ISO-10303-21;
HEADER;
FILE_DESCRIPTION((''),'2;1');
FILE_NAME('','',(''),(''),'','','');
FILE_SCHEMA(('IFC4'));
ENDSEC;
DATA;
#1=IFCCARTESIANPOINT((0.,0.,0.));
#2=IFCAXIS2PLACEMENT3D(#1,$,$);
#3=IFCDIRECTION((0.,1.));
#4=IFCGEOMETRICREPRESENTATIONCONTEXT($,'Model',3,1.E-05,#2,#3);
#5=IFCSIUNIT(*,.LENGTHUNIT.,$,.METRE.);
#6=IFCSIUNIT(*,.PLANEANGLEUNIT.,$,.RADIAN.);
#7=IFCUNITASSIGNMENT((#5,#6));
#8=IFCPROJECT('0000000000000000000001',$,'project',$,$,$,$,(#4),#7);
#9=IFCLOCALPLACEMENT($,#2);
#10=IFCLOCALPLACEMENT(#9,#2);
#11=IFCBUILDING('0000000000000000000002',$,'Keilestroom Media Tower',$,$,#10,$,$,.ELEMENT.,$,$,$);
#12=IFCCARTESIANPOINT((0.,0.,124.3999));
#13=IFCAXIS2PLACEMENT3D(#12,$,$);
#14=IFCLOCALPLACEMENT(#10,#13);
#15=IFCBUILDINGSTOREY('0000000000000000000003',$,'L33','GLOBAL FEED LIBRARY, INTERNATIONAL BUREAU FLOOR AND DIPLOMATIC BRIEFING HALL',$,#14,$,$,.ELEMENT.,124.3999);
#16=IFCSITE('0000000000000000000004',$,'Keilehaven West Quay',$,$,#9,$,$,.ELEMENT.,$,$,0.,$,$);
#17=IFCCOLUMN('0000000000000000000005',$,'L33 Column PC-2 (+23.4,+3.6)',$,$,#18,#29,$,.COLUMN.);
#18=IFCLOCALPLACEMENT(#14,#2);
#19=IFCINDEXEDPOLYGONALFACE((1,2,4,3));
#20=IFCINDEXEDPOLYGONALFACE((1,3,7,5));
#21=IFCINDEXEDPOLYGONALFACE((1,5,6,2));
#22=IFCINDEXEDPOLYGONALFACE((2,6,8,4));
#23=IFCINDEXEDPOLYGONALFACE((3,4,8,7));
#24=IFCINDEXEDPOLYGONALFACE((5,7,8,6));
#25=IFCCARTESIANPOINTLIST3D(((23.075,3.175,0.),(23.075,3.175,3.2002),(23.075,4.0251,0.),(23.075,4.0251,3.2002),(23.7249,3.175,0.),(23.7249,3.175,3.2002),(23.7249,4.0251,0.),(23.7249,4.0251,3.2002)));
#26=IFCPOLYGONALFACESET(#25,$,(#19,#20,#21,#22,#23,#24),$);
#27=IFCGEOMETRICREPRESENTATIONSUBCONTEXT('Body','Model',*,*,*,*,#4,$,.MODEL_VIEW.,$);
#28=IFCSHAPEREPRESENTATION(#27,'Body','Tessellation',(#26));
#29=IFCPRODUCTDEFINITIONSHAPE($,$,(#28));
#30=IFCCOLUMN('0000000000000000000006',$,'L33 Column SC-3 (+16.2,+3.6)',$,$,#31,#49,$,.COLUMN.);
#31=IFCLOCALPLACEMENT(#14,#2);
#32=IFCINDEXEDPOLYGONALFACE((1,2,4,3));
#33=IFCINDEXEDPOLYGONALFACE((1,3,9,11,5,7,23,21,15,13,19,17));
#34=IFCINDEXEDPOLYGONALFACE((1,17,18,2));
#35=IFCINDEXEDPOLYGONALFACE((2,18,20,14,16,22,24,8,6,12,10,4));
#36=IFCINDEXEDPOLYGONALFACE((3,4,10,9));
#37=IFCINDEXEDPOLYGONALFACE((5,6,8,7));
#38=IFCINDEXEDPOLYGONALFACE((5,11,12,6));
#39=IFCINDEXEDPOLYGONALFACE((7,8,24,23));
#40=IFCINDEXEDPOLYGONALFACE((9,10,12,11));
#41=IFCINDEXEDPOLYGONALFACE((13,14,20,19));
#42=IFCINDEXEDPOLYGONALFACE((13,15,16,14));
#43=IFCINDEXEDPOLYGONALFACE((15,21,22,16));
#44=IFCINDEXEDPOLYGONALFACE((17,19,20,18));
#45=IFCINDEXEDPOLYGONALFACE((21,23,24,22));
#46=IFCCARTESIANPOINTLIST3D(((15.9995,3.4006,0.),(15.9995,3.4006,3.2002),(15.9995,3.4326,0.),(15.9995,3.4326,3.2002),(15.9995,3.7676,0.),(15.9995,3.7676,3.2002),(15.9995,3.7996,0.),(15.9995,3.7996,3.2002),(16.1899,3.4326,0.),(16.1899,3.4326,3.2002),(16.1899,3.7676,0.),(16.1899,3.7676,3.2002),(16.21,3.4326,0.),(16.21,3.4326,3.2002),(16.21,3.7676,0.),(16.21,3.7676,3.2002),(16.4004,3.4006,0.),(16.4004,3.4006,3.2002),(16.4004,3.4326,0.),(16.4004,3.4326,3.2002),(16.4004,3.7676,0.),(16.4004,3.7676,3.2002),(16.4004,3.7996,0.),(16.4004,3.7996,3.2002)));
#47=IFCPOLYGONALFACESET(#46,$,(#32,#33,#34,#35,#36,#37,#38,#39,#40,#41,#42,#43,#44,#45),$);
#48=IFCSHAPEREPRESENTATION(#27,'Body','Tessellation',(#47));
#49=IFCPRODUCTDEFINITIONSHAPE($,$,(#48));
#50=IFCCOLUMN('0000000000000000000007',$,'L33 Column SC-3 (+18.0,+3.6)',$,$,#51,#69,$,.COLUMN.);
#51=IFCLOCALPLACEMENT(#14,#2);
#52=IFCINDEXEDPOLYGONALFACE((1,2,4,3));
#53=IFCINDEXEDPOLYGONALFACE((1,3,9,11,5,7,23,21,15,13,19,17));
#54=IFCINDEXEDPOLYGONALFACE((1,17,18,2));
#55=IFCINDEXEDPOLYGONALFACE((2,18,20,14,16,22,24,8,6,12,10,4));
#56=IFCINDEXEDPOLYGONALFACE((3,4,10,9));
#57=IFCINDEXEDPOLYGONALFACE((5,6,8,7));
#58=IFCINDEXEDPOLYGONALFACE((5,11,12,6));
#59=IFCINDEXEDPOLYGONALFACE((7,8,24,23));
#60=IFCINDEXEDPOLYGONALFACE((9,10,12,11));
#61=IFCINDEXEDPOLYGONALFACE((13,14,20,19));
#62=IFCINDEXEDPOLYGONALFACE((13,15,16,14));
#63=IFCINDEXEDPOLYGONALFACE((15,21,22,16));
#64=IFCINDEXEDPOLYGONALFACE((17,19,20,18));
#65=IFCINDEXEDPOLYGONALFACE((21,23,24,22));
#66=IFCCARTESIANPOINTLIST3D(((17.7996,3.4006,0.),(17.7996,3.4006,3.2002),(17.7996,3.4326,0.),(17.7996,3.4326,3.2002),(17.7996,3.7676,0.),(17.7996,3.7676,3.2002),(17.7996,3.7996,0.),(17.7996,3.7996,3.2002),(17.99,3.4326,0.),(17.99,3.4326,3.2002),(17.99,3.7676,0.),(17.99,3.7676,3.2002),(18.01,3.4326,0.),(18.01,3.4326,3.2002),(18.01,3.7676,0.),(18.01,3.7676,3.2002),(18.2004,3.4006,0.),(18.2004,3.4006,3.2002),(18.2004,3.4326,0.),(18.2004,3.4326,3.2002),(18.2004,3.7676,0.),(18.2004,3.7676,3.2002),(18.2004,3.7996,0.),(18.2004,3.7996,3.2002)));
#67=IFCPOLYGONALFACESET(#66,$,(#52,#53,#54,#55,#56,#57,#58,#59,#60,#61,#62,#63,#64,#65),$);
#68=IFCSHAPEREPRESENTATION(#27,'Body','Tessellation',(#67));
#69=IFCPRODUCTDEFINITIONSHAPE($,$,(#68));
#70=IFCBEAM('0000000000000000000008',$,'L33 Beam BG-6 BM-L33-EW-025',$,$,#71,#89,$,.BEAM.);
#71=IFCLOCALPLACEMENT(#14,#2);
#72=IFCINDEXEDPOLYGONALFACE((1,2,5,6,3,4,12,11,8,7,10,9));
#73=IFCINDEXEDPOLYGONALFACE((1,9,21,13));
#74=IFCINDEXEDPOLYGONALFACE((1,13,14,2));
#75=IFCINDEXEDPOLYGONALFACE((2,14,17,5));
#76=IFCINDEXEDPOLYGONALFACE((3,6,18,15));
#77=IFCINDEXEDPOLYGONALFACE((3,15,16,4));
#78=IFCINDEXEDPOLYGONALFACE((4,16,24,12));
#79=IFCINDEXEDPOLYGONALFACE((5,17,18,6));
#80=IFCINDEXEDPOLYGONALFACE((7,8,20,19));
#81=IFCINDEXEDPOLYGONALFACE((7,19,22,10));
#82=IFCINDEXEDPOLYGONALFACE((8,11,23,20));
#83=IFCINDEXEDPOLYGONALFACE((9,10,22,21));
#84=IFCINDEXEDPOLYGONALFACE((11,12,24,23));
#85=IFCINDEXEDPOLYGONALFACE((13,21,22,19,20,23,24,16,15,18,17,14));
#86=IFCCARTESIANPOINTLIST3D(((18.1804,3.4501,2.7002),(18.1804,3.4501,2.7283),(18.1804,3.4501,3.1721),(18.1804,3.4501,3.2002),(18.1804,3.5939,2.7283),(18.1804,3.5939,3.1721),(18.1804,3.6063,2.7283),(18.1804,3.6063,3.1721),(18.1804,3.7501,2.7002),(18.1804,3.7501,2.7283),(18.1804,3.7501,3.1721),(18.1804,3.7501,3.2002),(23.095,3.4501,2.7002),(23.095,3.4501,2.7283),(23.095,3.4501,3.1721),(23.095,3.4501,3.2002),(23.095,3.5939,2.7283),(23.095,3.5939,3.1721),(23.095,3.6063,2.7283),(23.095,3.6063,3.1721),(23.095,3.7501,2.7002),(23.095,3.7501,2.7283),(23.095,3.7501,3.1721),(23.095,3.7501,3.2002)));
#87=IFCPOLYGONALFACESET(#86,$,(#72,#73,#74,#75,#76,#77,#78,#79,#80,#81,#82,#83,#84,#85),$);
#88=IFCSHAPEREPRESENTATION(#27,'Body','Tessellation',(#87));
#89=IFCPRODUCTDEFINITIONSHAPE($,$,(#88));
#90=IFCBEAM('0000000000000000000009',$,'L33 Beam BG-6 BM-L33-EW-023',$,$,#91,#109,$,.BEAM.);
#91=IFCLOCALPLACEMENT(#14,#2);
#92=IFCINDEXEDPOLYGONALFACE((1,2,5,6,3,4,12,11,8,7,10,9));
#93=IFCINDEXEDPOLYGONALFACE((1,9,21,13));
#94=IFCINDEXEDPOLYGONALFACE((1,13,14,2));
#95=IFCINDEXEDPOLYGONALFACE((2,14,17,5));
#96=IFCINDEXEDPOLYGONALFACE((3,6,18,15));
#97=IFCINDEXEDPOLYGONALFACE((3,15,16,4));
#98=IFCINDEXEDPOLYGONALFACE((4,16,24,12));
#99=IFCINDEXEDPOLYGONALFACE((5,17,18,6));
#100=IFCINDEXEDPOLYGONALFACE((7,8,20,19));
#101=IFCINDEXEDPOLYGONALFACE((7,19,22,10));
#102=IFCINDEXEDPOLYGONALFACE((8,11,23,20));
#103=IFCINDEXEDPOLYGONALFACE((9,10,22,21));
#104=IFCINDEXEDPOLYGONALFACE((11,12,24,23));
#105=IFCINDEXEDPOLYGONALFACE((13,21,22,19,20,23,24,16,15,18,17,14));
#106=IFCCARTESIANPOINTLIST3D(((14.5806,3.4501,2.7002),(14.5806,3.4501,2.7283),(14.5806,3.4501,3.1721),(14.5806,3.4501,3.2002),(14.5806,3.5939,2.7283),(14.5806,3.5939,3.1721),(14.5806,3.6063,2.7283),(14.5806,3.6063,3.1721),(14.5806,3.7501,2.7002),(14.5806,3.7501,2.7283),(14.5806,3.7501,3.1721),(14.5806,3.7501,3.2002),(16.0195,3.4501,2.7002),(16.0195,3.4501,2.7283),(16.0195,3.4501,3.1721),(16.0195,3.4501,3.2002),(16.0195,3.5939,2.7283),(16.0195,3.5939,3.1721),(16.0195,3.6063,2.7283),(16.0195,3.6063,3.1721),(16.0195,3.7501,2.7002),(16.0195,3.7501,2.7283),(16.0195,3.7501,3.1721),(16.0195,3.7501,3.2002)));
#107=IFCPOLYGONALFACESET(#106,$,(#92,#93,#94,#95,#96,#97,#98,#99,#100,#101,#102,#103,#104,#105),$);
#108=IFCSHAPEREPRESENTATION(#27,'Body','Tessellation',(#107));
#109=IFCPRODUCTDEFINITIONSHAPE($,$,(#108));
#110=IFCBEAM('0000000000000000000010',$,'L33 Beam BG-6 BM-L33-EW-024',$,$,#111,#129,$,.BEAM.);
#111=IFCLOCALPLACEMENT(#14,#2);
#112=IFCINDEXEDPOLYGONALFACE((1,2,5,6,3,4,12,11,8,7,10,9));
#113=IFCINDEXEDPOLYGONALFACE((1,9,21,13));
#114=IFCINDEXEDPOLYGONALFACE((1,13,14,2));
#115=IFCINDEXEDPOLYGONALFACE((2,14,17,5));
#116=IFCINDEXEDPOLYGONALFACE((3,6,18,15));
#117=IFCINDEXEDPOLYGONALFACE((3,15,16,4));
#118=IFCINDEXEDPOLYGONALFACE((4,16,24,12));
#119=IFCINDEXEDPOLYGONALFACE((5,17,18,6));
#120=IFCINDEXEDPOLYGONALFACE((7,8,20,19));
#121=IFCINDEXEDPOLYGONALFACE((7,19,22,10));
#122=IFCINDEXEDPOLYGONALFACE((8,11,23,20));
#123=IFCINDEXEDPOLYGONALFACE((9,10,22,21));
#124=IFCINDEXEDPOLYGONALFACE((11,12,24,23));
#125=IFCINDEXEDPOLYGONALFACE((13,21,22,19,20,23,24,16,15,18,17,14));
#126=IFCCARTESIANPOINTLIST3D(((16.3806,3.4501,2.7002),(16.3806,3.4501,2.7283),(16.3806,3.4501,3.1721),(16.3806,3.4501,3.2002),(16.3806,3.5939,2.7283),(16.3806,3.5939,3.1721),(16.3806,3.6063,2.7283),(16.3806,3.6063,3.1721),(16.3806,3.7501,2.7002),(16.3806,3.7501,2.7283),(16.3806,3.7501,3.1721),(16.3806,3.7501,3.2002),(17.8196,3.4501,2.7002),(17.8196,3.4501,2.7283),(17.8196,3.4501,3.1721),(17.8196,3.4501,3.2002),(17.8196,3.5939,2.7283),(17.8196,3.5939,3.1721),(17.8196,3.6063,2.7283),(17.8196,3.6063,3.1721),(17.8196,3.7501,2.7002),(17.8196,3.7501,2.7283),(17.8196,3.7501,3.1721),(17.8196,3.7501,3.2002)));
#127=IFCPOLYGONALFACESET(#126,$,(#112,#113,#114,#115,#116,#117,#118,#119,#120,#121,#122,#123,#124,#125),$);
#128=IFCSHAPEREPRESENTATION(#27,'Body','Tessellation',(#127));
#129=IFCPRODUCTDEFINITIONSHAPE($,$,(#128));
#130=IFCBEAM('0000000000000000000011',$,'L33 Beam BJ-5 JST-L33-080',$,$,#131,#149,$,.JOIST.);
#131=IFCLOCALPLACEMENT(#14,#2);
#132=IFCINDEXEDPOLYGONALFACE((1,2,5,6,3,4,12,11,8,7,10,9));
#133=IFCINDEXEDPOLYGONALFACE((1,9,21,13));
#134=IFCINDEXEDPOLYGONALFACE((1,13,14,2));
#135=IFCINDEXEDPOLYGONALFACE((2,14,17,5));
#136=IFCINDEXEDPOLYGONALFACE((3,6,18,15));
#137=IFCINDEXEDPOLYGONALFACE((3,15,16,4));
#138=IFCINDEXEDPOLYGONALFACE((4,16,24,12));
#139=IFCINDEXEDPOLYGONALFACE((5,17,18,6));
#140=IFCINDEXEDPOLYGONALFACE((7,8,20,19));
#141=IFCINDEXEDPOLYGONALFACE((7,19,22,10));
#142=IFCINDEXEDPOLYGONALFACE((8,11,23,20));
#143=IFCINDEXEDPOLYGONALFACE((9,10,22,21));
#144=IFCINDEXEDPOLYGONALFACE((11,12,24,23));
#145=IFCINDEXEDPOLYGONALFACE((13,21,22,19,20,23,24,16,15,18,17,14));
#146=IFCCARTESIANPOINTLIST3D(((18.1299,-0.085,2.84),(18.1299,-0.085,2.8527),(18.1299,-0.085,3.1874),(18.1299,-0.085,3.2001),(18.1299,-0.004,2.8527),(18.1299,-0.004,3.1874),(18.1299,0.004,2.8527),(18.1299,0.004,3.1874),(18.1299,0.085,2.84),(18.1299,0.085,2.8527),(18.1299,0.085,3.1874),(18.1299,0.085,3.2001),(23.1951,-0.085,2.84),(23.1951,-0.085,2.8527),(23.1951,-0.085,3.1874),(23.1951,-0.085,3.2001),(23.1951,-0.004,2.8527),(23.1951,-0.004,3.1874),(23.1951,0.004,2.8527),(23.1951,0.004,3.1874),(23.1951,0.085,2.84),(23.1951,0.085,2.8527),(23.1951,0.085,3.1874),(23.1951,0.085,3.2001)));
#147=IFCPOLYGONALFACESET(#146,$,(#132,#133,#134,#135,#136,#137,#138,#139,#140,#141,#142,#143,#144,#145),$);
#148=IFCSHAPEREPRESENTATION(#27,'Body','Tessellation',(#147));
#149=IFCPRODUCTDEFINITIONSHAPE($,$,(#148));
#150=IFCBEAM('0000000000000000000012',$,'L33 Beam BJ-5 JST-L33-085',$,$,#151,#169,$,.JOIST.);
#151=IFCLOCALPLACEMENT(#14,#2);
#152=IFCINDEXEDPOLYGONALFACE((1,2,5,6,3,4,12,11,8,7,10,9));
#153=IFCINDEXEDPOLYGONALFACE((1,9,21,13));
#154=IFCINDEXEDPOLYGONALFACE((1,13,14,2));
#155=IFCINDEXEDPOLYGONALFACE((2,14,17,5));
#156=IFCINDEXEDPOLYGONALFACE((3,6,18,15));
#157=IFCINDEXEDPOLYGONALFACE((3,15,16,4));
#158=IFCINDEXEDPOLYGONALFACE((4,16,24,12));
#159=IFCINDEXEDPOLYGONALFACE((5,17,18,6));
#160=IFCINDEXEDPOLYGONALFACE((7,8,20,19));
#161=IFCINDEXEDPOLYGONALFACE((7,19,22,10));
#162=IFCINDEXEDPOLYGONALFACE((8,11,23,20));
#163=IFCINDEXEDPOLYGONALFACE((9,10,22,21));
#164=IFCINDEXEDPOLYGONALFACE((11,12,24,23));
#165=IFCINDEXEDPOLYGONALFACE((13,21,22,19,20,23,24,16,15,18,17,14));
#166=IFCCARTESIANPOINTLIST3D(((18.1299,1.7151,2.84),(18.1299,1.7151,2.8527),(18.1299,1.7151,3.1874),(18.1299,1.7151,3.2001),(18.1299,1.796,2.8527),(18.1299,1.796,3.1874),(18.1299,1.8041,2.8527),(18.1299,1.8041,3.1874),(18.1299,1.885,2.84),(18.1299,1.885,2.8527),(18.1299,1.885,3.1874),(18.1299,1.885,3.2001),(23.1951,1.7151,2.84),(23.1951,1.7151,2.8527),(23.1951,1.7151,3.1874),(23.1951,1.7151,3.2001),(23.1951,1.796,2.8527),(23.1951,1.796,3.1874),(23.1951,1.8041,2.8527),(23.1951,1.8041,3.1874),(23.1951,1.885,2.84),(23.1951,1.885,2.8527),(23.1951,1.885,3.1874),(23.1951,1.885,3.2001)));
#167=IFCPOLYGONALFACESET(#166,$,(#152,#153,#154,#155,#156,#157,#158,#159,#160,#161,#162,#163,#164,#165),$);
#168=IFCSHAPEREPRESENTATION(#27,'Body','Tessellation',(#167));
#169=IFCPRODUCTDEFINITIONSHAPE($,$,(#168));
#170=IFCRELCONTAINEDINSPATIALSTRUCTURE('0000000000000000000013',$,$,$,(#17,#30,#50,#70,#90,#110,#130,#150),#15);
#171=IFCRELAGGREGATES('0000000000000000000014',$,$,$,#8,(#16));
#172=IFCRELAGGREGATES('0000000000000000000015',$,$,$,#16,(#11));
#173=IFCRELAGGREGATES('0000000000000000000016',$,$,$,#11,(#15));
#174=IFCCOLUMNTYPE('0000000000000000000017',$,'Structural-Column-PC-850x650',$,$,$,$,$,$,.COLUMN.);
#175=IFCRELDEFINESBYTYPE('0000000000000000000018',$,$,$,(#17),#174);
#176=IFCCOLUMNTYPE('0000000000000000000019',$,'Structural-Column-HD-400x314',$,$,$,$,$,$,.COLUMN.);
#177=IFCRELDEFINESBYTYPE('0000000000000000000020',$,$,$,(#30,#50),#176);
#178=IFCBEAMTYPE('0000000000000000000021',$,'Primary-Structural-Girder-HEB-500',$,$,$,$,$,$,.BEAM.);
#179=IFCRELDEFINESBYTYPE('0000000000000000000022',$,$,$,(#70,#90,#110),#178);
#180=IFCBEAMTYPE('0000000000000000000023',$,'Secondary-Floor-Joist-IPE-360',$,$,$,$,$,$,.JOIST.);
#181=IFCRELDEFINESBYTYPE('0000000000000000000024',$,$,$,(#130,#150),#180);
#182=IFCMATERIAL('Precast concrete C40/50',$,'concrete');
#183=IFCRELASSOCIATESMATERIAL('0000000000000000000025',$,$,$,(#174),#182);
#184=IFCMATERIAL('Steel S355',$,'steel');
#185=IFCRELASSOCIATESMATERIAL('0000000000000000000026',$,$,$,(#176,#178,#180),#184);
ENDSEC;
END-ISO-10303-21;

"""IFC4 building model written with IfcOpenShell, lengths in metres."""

from ifc_helpers import new_model, si_unit, direction, frame, origin, origin_2d, place, context, subcontext, project, spatial, rectangle, i_section, extrude, source, transform, mapped, material, material_profile, profile_set, type_object, element, save


model = new_model("IFC4")

# Units and contexts
model_context = context("Model", 3, precision=1e-05, world=origin(), true_north=direction((0.0, 1.0)))
body_context = subcontext(model_context, "Body", "Model", "MODEL_VIEW")
ifc_project = project(units=[si_unit("LENGTHUNIT", "METRE"), si_unit("PLANEANGLEUNIT", "RADIAN")], contexts=[model_context])

# Site, building, storey
site_placement = place(None, origin())
site = spatial("IfcSite", under=ifc_project, at=site_placement, Name="Keilehaven West Quay", CompositionType="ELEMENT", RefElevation=0.0)
building_placement = place(site_placement, origin())
building = spatial("IfcBuilding", under=site, at=building_placement, Name="Keilestroom Media Tower", CompositionType="ELEMENT")
storey_placement = place(building_placement, frame((0.0, 0.0, 124.3999)))
storey = spatial("IfcBuildingStorey", under=building, at=storey_placement, Name="L33", Description="GLOBAL FEED LIBRARY, INTERNATIONAL BUREAU FLOOR AND DIPLOMATIC BRIEFING HALL", CompositionType="ELEMENT", Elevation=124.3999)

# Columns
ifc_material_1 = material(Name="Precast concrete C40/50", Category="concrete")
ifc_material_profile_1 = material_profile(ifc_material_1, rectangle(XDim=0.6499, YDim=0.8501, at=origin_2d()), Name="PC 850x650")
ifc_profile_set_1 = profile_set([ifc_material_profile_1], Name="Precast concrete C40/50")
column_type_1 = type_object("IfcColumnType", Name="Structural-Column-PC-850x650", PredefinedType="COLUMN", material=ifc_profile_set_1)
shared_shape_1 = source(origin(), body_context, "Body", "SweptSolid", [
    extrude(rectangle(XDim=0.6499, YDim=0.8501, at=origin_2d()), origin(), (0.0, 0.0, 1.0), 3.2002),
])
column_placement = place(storey_placement, frame((23.3999, 3.6001, 0.0), z_axis=(0.0, 0.0, 1.0), x_axis=(1.0, 0.0, 0.0)))
element("IfcColumn", 1, at=column_placement, inside=storey, type_object=column_type_1, Name="L33 Column PC-2 (+23.4,+3.6)", PredefinedType="COLUMN", context=body_context, shape_type="MappedRepresentation", body=[
    mapped(shared_shape_1, transform((0.0, 0.0, 0.0), x_axis=(1.0, 0.0, 0.0), y_axis=(0.0, 1.0, 0.0), z_axis=(0.0, 0.0, 1.0), scale=1.0)),
])
ifc_material_2 = material(Name="Steel S355", Category="steel")
ifc_material_profile_2 = material_profile(ifc_material_2, i_section(OverallWidth=0.4009, OverallDepth=0.3989, WebThickness=0.02, FlangeThickness=0.032, at=origin_2d()), Name="HD 400x314")
ifc_profile_set_2 = profile_set([ifc_material_profile_2], Name="Steel S355")
column_type_2 = type_object("IfcColumnType", Name="Structural-Column-HD-400x314", PredefinedType="COLUMN", material=ifc_profile_set_2)
shared_shape_2 = source(origin(), body_context, "Body", "SweptSolid", [
    extrude(i_section(OverallWidth=0.4009, OverallDepth=0.3989, WebThickness=0.02, FlangeThickness=0.032, at=origin_2d()), origin(), (0.0, 0.0, 1.0), 3.2002),
])
for number, where, z_axis, x_axis, name in (
    (2, (16.2, 3.6001, 0.0), (0.0, 0.0, 1.0), (1.0, 0.0, 0.0), "L33 Column SC-3 (+16.2,+3.6)"),
    (3, (18.0, 3.6001, 0.0), (0.0, 0.0, 1.0), (1.0, 0.0, 0.0), "L33 Column SC-3 (+18.0,+3.6)"),
):
    element("IfcColumn", number, at=place(storey_placement, frame(where, z_axis=z_axis, x_axis=x_axis)), inside=storey, type_object=column_type_2, Name=name, PredefinedType="COLUMN", context=body_context, shape_type="MappedRepresentation", body=[
        mapped(shared_shape_2, transform((0.0, 0.0, 0.0), x_axis=(1.0, 0.0, 0.0), y_axis=(0.0, 1.0, 0.0), z_axis=(0.0, 0.0, 1.0), scale=1.0)),
    ])

# Beams
ifc_material_profile_3 = material_profile(ifc_material_2, i_section(OverallWidth=0.3, OverallDepth=0.5, WebThickness=0.0125, FlangeThickness=0.0281, at=origin_2d()), Name="HEB 500")
ifc_profile_set_3 = profile_set([ifc_material_profile_3], Name="Steel S355")
beam_type_1 = type_object("IfcBeamType", Name="Primary-Structural-Girder-HEB-500", PredefinedType="BEAM", material=ifc_profile_set_3)
shared_shape_3 = source(origin(), body_context, "Body", "SweptSolid", [
    extrude(i_section(OverallWidth=0.3, OverallDepth=0.5, WebThickness=0.0125, FlangeThickness=0.0281, at=origin_2d()), origin(), (0.0, 0.0, 1.0), 4.9146),
])
beam_placement = place(storey_placement, frame((18.1804, 3.6001, 2.9502), z_axis=(1.0, 0.0, 0.0), x_axis=(0.0, 1.0, 0.0)))
element("IfcBeam", 4, at=beam_placement, inside=storey, type_object=beam_type_1, Name="L33 Beam BG-6 BM-L33-EW-025", PredefinedType="BEAM", context=body_context, shape_type="MappedRepresentation", body=[
    mapped(shared_shape_3, transform((0.0, 0.0, 0.0), x_axis=(1.0, 0.0, 0.0), y_axis=(0.0, 1.0, 0.0), z_axis=(0.0, 0.0, 1.0), scale=1.0)),
])
shared_shape_4 = source(origin(), body_context, "Body", "SweptSolid", [
    extrude(i_section(OverallWidth=0.3, OverallDepth=0.5, WebThickness=0.0125, FlangeThickness=0.0281, at=origin_2d()), origin(), (0.0, 0.0, 1.0), 1.439),
])
for number, where, z_axis, x_axis, name in (
    (5, (14.5806, 3.6001, 2.9502), (1.0, 0.0, 0.0), (0.0, 1.0, 0.0), "L33 Beam BG-6 BM-L33-EW-023"),
    (6, (16.3806, 3.6001, 2.9502), (1.0, 0.0, 0.0), (0.0, 1.0, 0.0), "L33 Beam BG-6 BM-L33-EW-024"),
):
    element("IfcBeam", number, at=place(storey_placement, frame(where, z_axis=z_axis, x_axis=x_axis)), inside=storey, type_object=beam_type_1, Name=name, PredefinedType="BEAM", context=body_context, shape_type="MappedRepresentation", body=[
        mapped(shared_shape_4, transform((0.0, 0.0, 0.0), x_axis=(1.0, 0.0, 0.0), y_axis=(0.0, 1.0, 0.0), z_axis=(0.0, 0.0, 1.0), scale=1.0)),
    ])
ifc_material_profile_4 = material_profile(ifc_material_2, i_section(OverallWidth=0.1699, OverallDepth=0.3601, WebThickness=0.0081, FlangeThickness=0.0127, at=origin_2d()), Name="IPE 360")
ifc_profile_set_4 = profile_set([ifc_material_profile_4], Name="Steel S355")
beam_type_2 = type_object("IfcBeamType", Name="Secondary-Floor-Joist-IPE-360", PredefinedType="JOIST", material=ifc_profile_set_4)
shared_shape_5 = source(origin(), body_context, "Body", "SweptSolid", [
    extrude(i_section(OverallWidth=0.1699, OverallDepth=0.3601, WebThickness=0.0081, FlangeThickness=0.0127, at=origin_2d()), origin(), (0.0, 0.0, 1.0), 5.0652),
])
for number, where, z_axis, x_axis, name in (
    (7, (18.1299, 0.0, 3.02), (1.0, 0.0, 0.0), (0.0, 1.0, 0.0), "L33 Beam BJ-5 JST-L33-080"),
    (8, (18.1299, 1.8, 3.02), (1.0, 0.0, 0.0), (0.0, 1.0, 0.0), "L33 Beam BJ-5 JST-L33-085"),
):
    element("IfcBeam", number, at=place(storey_placement, frame(where, z_axis=z_axis, x_axis=x_axis)), inside=storey, type_object=beam_type_2, Name=name, PredefinedType="JOIST", context=body_context, shape_type="MappedRepresentation", body=[
        mapped(shared_shape_5, transform((0.0, 0.0, 0.0), x_axis=(1.0, 0.0, 0.0), y_axis=(0.0, 1.0, 0.0), z_axis=(0.0, 0.0, 1.0), scale=1.0)),
    ])

save(model, "model.ifc")
